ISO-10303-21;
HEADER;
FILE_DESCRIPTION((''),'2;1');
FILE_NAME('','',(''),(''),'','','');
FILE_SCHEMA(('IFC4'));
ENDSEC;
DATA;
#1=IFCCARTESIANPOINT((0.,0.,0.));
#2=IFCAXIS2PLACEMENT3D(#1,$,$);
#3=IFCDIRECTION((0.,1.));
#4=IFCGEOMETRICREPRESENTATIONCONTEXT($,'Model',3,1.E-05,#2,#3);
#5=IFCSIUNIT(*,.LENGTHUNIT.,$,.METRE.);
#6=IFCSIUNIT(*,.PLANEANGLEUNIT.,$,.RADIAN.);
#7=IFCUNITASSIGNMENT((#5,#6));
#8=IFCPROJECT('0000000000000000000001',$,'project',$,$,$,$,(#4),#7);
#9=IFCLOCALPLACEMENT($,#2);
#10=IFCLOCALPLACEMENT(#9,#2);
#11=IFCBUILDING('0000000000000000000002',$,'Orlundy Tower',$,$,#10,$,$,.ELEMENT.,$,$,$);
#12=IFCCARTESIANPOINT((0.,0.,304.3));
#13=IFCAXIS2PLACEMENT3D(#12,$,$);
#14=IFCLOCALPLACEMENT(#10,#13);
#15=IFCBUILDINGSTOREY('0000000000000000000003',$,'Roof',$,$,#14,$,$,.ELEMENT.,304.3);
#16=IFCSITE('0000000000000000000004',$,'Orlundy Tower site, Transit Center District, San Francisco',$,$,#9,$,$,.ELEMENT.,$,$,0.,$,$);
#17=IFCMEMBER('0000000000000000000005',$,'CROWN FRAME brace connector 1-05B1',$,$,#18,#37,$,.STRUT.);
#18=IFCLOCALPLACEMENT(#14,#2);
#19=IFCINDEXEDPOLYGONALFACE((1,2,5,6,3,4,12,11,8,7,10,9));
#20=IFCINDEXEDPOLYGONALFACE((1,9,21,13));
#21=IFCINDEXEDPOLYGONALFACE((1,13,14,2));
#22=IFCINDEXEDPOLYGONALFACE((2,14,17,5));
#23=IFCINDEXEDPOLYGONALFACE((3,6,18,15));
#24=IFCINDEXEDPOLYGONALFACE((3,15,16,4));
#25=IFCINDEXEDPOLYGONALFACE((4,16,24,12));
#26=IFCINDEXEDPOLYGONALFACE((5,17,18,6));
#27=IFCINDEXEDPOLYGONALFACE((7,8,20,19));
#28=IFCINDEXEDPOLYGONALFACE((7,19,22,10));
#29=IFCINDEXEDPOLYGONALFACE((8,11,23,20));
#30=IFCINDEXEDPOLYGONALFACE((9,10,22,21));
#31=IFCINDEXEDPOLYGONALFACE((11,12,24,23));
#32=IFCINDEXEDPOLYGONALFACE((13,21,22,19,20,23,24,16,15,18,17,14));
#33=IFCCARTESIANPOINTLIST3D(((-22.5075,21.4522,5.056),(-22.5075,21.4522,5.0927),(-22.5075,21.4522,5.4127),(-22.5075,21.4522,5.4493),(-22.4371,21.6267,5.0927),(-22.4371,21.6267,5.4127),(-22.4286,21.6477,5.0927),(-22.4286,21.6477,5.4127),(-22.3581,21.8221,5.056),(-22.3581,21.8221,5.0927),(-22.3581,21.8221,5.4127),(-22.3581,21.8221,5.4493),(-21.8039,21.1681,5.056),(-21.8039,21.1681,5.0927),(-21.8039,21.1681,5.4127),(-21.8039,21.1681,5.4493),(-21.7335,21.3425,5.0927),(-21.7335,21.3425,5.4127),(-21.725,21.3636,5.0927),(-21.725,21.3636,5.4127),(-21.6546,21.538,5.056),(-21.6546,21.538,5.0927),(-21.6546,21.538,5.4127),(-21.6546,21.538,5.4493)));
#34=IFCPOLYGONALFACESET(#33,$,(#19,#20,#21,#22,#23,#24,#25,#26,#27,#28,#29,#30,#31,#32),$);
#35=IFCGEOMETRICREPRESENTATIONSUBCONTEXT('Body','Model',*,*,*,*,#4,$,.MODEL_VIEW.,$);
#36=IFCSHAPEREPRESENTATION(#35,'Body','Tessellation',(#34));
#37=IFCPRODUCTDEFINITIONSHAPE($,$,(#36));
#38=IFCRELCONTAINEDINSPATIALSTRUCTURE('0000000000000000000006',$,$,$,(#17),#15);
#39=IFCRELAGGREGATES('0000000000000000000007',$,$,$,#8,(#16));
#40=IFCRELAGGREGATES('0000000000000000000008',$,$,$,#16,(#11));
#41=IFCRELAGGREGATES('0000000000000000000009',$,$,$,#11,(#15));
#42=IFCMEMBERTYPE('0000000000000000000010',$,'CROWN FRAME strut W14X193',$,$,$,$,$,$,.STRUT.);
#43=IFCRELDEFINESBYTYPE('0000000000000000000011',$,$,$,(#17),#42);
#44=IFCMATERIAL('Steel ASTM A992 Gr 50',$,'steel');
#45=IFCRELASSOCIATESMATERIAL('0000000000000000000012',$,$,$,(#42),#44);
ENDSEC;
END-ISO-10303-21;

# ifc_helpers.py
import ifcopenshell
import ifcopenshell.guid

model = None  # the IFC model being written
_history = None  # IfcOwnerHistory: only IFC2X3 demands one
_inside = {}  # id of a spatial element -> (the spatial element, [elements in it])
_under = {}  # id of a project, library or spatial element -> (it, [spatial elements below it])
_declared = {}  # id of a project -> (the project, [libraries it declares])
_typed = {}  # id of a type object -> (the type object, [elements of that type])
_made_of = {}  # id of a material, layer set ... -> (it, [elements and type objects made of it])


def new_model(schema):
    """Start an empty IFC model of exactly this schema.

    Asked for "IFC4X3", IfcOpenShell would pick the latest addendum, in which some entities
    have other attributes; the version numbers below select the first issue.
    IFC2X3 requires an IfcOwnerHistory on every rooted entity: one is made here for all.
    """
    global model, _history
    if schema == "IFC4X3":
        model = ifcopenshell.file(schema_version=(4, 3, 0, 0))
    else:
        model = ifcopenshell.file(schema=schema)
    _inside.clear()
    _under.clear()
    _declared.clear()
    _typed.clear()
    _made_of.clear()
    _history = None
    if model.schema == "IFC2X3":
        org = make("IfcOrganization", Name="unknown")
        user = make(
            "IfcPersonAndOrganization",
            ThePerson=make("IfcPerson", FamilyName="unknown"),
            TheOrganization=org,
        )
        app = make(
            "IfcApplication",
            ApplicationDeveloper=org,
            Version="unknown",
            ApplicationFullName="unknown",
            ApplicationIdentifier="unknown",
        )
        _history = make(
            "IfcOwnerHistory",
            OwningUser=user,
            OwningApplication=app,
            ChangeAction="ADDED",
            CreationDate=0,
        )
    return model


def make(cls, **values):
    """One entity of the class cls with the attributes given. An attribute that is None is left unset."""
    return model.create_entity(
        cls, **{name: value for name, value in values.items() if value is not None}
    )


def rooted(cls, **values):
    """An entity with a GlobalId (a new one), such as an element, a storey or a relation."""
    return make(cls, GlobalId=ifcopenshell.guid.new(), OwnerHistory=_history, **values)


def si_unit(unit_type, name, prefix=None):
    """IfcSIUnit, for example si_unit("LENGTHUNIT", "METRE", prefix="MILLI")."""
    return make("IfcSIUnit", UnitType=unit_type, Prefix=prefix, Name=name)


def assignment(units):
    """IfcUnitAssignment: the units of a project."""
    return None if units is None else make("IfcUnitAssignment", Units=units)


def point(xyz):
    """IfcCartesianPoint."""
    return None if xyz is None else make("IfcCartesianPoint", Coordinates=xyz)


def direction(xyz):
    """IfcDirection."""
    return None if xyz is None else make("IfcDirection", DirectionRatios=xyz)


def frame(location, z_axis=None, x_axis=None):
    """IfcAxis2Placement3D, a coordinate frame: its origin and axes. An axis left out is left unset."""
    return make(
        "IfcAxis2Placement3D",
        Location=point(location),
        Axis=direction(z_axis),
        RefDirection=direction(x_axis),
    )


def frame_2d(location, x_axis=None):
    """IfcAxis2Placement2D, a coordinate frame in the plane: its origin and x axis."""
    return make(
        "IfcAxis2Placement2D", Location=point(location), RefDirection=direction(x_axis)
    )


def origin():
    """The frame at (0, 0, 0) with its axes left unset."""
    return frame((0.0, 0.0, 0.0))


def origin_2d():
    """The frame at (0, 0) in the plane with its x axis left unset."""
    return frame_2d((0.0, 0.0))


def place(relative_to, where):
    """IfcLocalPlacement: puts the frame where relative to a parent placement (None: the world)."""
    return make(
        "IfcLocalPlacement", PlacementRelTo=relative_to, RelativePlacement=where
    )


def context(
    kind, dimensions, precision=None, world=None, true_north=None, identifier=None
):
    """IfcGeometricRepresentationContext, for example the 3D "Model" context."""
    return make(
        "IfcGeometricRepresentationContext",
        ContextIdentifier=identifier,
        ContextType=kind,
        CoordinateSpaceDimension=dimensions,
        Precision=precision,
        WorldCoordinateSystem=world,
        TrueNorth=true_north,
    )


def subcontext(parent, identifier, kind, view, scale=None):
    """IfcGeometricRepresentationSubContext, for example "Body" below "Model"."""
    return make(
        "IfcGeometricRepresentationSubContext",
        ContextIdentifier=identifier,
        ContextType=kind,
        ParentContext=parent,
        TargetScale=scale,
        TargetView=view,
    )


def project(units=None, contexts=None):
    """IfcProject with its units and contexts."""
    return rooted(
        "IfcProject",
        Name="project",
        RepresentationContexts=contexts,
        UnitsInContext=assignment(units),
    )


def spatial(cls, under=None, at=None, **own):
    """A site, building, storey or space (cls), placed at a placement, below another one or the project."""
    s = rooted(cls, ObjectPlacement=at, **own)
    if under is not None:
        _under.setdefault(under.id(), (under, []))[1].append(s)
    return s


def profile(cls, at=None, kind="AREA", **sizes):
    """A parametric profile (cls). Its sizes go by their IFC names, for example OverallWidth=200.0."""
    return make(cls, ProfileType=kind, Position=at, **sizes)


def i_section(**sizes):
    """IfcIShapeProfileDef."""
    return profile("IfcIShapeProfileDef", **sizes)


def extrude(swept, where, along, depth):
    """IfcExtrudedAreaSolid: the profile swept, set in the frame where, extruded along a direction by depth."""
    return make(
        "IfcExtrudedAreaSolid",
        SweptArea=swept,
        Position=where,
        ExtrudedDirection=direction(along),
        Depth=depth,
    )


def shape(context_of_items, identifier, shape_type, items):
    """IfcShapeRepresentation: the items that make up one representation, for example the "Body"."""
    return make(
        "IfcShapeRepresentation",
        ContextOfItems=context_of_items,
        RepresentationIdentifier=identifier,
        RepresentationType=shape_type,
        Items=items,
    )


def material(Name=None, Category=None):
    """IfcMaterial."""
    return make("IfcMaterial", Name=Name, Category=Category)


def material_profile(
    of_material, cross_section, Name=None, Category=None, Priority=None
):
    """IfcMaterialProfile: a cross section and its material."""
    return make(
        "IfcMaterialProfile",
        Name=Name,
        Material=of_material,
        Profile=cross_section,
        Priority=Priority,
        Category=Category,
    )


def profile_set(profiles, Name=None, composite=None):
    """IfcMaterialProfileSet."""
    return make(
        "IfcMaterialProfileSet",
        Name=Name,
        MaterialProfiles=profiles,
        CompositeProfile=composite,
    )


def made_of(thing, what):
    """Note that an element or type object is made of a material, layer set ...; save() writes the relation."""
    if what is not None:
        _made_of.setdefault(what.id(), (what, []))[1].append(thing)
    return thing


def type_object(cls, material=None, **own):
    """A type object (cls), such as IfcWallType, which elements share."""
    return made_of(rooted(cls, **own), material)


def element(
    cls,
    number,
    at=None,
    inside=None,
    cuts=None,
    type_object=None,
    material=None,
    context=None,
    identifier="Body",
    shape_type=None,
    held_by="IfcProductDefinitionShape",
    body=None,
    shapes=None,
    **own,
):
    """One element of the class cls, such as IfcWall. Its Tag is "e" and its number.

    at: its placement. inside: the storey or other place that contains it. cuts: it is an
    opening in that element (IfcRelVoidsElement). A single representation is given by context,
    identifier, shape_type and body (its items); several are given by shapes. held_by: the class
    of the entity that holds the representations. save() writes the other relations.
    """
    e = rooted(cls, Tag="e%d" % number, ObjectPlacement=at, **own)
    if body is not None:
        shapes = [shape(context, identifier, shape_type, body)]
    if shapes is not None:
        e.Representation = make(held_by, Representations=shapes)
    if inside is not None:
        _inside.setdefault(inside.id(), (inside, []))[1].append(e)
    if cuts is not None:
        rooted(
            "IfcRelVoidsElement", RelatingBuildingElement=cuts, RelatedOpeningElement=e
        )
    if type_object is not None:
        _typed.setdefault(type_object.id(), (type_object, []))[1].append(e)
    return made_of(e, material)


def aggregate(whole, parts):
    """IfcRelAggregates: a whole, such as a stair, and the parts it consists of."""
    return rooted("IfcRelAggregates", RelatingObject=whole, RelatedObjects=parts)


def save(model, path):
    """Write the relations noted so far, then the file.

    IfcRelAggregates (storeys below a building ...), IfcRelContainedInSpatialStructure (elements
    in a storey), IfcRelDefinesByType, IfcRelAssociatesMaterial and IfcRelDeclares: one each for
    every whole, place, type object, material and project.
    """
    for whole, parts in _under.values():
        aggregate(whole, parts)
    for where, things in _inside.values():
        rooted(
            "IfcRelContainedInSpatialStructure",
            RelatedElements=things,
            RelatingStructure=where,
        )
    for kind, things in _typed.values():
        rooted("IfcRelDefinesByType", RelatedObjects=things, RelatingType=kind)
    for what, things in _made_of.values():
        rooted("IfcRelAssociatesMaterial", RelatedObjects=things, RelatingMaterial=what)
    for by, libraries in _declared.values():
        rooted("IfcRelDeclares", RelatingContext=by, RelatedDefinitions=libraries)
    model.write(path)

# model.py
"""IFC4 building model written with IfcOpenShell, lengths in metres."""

from ifc_helpers import new_model, si_unit, direction, frame, origin, origin_2d, place, context, subcontext, project, spatial, i_section, extrude, material, material_profile, profile_set, type_object, element, save


model = new_model("IFC4")

# Units and contexts
model_context = context("Model", 3, precision=1e-05, world=origin(), true_north=direction((0.0, 1.0)))
body_context = subcontext(model_context, "Body", "Model", "MODEL_VIEW")
ifc_project = project(units=[si_unit("LENGTHUNIT", "METRE"), si_unit("PLANEANGLEUNIT", "RADIAN")], contexts=[model_context])

# Site, building, storey
site_placement = place(None, origin())
site = spatial("IfcSite", under=ifc_project, at=site_placement, Name="Orlundy Tower site, Transit Center District, San Francisco", CompositionType="ELEMENT", RefElevation=0.0)
building_placement = place(site_placement, origin())
building = spatial("IfcBuilding", under=site, at=building_placement, Name="Orlundy Tower", CompositionType="ELEMENT")
storey_placement = place(building_placement, frame((0.0, 0.0, 304.3)))
storey = spatial("IfcBuildingStorey", under=building, at=storey_placement, Name="Roof", CompositionType="ELEMENT", Elevation=304.3)

# Member
ifc_material_1 = material(Name="Steel ASTM A992 Gr 50", Category="steel")
ifc_material_profile_1 = material_profile(ifc_material_1, i_section(OverallWidth=0.3989, OverallDepth=0.3933, WebThickness=0.0227, FlangeThickness=0.0366, at=origin_2d()), Name="W14X193")
ifc_profile_set_1 = profile_set([ifc_material_profile_1], Name="Steel ASTM A992 Gr 50")
member_type_1 = type_object("IfcMemberType", Name="CROWN FRAME strut W14X193", PredefinedType="STRUT", material=ifc_profile_set_1)
for number, where, z_axis, x_axis, name in (
    (1, (-21.7292, 21.353, 5.2527), (-0.927229, 0.374495, 0.0), (-0.374495, -0.927229, 0.0), "CROWN FRAME brace connector 1-05B1"),
):
    element("IfcMember", number, at=place(storey_placement, frame(where, z_axis=z_axis, x_axis=x_axis)), inside=storey, type_object=member_type_1, Name=name, PredefinedType="STRUT", context=body_context, shape_type="SweptSolid", body=[
        extrude(i_section(OverallWidth=0.3989, OverallDepth=0.3933, WebThickness=0.0227, FlangeThickness=0.0366, at=origin_2d()), origin(), (0.0, 0.0, 1.0), 0.7588),
    ])

save(model, "model.ifc")
